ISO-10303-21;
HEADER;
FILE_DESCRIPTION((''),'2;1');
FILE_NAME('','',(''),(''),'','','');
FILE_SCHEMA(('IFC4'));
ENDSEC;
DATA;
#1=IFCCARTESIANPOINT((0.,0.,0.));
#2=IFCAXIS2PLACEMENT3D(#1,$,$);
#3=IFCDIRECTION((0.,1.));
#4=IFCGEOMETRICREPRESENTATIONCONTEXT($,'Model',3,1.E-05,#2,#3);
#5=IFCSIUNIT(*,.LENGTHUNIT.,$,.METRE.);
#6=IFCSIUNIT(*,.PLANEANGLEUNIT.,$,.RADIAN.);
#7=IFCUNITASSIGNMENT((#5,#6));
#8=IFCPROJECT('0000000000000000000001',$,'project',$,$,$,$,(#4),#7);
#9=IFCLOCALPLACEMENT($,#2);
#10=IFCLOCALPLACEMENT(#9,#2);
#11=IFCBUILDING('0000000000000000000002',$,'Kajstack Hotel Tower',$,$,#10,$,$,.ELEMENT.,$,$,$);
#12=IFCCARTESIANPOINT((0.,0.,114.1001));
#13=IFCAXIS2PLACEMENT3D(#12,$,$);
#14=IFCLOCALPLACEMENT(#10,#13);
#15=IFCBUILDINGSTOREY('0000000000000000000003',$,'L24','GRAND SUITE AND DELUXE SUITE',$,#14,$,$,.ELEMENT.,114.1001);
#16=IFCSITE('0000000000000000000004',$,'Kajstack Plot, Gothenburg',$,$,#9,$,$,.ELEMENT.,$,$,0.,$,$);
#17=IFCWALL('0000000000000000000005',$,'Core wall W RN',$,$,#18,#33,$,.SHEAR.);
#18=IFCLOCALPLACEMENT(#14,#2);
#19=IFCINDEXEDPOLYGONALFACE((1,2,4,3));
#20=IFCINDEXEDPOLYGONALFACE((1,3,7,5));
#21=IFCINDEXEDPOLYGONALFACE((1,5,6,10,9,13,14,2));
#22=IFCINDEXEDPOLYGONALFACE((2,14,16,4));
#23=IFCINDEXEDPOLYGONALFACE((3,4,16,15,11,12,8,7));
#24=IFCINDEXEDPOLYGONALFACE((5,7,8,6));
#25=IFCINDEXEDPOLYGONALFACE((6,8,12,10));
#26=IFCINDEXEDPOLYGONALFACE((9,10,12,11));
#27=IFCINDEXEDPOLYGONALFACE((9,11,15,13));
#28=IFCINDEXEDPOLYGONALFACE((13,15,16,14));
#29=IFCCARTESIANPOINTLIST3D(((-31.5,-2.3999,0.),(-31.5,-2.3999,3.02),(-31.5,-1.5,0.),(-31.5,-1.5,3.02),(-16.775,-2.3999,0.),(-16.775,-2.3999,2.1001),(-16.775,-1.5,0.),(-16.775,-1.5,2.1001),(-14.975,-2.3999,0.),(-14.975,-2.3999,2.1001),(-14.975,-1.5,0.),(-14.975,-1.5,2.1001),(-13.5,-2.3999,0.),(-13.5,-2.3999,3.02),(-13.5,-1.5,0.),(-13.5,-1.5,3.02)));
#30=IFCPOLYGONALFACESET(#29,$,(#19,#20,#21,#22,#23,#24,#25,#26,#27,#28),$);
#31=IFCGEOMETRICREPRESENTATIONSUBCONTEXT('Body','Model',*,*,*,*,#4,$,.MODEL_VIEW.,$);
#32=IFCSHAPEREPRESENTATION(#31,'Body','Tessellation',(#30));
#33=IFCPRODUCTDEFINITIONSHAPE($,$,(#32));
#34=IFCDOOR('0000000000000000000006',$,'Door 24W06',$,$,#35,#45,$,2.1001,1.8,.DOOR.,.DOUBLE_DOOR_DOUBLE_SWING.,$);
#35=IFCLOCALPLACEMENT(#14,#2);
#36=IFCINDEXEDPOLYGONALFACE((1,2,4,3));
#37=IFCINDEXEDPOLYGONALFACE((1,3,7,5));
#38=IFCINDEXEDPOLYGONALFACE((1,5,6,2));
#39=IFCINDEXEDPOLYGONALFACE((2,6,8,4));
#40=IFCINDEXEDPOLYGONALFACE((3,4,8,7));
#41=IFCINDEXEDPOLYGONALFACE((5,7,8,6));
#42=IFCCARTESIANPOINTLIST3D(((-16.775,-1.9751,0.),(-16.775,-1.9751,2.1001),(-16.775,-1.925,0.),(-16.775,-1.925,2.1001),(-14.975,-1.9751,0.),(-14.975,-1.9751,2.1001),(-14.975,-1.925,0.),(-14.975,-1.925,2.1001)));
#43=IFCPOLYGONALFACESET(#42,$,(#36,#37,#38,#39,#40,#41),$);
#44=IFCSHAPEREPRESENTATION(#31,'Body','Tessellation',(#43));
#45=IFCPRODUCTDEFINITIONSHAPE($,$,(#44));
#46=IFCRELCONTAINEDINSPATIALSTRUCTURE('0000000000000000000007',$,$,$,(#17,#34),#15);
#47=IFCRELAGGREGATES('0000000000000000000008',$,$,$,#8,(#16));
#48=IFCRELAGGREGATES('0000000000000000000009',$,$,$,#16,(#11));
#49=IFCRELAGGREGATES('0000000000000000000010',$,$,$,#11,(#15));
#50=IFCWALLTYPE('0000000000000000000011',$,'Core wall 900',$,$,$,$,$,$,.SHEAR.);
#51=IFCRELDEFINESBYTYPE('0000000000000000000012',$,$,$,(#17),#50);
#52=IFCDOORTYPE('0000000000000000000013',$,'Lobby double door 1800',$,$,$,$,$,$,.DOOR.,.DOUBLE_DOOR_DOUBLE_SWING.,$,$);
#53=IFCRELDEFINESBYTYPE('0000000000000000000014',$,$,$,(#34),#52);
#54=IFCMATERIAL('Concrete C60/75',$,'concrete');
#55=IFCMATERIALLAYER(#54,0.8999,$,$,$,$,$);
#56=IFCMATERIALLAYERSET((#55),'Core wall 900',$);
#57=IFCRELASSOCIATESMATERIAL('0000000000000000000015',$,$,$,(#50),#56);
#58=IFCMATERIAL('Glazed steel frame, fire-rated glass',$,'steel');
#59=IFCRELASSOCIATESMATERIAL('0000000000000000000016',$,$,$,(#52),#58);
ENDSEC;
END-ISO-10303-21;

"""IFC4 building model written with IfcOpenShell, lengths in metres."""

from ifc_helpers import new_model, si_unit, direction, frame, frame_2d, origin, place, context, subcontext, project, spatial, rectangle, extrude, material, layer, layer_set, type_object, element, fill, save


model = new_model("IFC4")

# Units and contexts
model_context = context("Model", 3, precision=1e-05, world=origin(), true_north=direction((0.0, 1.0)))
body_context = subcontext(model_context, "Body", "Model", "MODEL_VIEW")
ifc_project = project(units=[si_unit("LENGTHUNIT", "METRE"), si_unit("PLANEANGLEUNIT", "RADIAN")], contexts=[model_context])

# Site, building, storey
site_placement = place(None, origin())
site = spatial("IfcSite", under=ifc_project, at=site_placement, Name="Kajstack Plot, Gothenburg", CompositionType="ELEMENT", RefElevation=0.0)
building_placement = place(site_placement, origin())
building = spatial("IfcBuilding", under=site, at=building_placement, Name="Kajstack Hotel Tower", CompositionType="ELEMENT")
storey_placement = place(building_placement, frame((0.0, 0.0, 114.1001)))
storey = spatial("IfcBuildingStorey", under=building, at=storey_placement, Name="L24", Description="GRAND SUITE AND DELUXE SUITE", CompositionType="ELEMENT", Elevation=114.1001)

# Wall, opening, door
ifc_material_1 = material(Name="Concrete C60/75", Category="concrete")
ifc_layer_1 = layer(ifc_material_1, 0.8999)
ifc_layer_set_1 = layer_set([ifc_layer_1], Name="Core wall 900")
wall_type_1 = type_object("IfcWallType", Name="Core wall 900", PredefinedType="SHEAR", material=ifc_layer_set_1)
wall_1_placement = place(storey_placement, frame((-31.5, -1.95, 0.0), z_axis=(0.0, 0.0, 1.0), x_axis=(1.0, 0.0, 0.0)))
wall_1 = element("IfcWall", 1, at=wall_1_placement, inside=storey, type_object=wall_type_1, Name="Core wall W RN", PredefinedType="SHEAR", context=body_context, shape_type="SweptSolid", body=[
    extrude(rectangle(XDim=18.0, YDim=0.8999, at=frame_2d((9.0, 0.0))), origin(), (0.0, 0.0, 1.0), 3.02),
])
opening_1_placement = place(wall_1_placement, frame((14.7251, 0.0, 0.0)))
opening_1 = element("IfcOpeningElement", 2, at=opening_1_placement, cuts=wall_1, PredefinedType="OPENING", context=body_context, shape_type="SweptSolid", body=[
    extrude(rectangle(XDim=1.8, YDim=2.1001, at=frame_2d((0.8999, 1.05))), frame((0.0, 0.46, 0.0), z_axis=(0.0, -1.0, 0.0), x_axis=(1.0, 0.0, 0.0)), (0.0, 0.0, 1.0), 0.9199),
])
ifc_material_2 = material(Name="Glazed steel frame, fire-rated glass", Category="steel")
door_type_1 = type_object("IfcDoorType", Name="Lobby double door 1800", OperationType="DOUBLE_DOOR_DOUBLE_SWING", PredefinedType="DOOR", material=ifc_material_2)
door_1_placement = place(opening_1_placement, origin())
door_1 = element("IfcDoor", 3, at=door_1_placement, inside=storey, type_object=door_type_1, Name="Door 24W06", OperationType="DOUBLE_DOOR_DOUBLE_SWING", OverallHeight=2.1001, OverallWidth=1.8, PredefinedType="DOOR", context=body_context, shape_type="SweptSolid", body=[
    extrude(rectangle(XDim=1.8, YDim=2.1001, at=frame_2d((0.8999, 1.05))), frame((0.0, 0.0249, 0.0), z_axis=(0.0, -1.0, 0.0), x_axis=(1.0, 0.0, 0.0)), (0.0, 0.0, 1.0), 0.05),
])
fill(opening_1, door_1)

save(model, "model.ifc")
